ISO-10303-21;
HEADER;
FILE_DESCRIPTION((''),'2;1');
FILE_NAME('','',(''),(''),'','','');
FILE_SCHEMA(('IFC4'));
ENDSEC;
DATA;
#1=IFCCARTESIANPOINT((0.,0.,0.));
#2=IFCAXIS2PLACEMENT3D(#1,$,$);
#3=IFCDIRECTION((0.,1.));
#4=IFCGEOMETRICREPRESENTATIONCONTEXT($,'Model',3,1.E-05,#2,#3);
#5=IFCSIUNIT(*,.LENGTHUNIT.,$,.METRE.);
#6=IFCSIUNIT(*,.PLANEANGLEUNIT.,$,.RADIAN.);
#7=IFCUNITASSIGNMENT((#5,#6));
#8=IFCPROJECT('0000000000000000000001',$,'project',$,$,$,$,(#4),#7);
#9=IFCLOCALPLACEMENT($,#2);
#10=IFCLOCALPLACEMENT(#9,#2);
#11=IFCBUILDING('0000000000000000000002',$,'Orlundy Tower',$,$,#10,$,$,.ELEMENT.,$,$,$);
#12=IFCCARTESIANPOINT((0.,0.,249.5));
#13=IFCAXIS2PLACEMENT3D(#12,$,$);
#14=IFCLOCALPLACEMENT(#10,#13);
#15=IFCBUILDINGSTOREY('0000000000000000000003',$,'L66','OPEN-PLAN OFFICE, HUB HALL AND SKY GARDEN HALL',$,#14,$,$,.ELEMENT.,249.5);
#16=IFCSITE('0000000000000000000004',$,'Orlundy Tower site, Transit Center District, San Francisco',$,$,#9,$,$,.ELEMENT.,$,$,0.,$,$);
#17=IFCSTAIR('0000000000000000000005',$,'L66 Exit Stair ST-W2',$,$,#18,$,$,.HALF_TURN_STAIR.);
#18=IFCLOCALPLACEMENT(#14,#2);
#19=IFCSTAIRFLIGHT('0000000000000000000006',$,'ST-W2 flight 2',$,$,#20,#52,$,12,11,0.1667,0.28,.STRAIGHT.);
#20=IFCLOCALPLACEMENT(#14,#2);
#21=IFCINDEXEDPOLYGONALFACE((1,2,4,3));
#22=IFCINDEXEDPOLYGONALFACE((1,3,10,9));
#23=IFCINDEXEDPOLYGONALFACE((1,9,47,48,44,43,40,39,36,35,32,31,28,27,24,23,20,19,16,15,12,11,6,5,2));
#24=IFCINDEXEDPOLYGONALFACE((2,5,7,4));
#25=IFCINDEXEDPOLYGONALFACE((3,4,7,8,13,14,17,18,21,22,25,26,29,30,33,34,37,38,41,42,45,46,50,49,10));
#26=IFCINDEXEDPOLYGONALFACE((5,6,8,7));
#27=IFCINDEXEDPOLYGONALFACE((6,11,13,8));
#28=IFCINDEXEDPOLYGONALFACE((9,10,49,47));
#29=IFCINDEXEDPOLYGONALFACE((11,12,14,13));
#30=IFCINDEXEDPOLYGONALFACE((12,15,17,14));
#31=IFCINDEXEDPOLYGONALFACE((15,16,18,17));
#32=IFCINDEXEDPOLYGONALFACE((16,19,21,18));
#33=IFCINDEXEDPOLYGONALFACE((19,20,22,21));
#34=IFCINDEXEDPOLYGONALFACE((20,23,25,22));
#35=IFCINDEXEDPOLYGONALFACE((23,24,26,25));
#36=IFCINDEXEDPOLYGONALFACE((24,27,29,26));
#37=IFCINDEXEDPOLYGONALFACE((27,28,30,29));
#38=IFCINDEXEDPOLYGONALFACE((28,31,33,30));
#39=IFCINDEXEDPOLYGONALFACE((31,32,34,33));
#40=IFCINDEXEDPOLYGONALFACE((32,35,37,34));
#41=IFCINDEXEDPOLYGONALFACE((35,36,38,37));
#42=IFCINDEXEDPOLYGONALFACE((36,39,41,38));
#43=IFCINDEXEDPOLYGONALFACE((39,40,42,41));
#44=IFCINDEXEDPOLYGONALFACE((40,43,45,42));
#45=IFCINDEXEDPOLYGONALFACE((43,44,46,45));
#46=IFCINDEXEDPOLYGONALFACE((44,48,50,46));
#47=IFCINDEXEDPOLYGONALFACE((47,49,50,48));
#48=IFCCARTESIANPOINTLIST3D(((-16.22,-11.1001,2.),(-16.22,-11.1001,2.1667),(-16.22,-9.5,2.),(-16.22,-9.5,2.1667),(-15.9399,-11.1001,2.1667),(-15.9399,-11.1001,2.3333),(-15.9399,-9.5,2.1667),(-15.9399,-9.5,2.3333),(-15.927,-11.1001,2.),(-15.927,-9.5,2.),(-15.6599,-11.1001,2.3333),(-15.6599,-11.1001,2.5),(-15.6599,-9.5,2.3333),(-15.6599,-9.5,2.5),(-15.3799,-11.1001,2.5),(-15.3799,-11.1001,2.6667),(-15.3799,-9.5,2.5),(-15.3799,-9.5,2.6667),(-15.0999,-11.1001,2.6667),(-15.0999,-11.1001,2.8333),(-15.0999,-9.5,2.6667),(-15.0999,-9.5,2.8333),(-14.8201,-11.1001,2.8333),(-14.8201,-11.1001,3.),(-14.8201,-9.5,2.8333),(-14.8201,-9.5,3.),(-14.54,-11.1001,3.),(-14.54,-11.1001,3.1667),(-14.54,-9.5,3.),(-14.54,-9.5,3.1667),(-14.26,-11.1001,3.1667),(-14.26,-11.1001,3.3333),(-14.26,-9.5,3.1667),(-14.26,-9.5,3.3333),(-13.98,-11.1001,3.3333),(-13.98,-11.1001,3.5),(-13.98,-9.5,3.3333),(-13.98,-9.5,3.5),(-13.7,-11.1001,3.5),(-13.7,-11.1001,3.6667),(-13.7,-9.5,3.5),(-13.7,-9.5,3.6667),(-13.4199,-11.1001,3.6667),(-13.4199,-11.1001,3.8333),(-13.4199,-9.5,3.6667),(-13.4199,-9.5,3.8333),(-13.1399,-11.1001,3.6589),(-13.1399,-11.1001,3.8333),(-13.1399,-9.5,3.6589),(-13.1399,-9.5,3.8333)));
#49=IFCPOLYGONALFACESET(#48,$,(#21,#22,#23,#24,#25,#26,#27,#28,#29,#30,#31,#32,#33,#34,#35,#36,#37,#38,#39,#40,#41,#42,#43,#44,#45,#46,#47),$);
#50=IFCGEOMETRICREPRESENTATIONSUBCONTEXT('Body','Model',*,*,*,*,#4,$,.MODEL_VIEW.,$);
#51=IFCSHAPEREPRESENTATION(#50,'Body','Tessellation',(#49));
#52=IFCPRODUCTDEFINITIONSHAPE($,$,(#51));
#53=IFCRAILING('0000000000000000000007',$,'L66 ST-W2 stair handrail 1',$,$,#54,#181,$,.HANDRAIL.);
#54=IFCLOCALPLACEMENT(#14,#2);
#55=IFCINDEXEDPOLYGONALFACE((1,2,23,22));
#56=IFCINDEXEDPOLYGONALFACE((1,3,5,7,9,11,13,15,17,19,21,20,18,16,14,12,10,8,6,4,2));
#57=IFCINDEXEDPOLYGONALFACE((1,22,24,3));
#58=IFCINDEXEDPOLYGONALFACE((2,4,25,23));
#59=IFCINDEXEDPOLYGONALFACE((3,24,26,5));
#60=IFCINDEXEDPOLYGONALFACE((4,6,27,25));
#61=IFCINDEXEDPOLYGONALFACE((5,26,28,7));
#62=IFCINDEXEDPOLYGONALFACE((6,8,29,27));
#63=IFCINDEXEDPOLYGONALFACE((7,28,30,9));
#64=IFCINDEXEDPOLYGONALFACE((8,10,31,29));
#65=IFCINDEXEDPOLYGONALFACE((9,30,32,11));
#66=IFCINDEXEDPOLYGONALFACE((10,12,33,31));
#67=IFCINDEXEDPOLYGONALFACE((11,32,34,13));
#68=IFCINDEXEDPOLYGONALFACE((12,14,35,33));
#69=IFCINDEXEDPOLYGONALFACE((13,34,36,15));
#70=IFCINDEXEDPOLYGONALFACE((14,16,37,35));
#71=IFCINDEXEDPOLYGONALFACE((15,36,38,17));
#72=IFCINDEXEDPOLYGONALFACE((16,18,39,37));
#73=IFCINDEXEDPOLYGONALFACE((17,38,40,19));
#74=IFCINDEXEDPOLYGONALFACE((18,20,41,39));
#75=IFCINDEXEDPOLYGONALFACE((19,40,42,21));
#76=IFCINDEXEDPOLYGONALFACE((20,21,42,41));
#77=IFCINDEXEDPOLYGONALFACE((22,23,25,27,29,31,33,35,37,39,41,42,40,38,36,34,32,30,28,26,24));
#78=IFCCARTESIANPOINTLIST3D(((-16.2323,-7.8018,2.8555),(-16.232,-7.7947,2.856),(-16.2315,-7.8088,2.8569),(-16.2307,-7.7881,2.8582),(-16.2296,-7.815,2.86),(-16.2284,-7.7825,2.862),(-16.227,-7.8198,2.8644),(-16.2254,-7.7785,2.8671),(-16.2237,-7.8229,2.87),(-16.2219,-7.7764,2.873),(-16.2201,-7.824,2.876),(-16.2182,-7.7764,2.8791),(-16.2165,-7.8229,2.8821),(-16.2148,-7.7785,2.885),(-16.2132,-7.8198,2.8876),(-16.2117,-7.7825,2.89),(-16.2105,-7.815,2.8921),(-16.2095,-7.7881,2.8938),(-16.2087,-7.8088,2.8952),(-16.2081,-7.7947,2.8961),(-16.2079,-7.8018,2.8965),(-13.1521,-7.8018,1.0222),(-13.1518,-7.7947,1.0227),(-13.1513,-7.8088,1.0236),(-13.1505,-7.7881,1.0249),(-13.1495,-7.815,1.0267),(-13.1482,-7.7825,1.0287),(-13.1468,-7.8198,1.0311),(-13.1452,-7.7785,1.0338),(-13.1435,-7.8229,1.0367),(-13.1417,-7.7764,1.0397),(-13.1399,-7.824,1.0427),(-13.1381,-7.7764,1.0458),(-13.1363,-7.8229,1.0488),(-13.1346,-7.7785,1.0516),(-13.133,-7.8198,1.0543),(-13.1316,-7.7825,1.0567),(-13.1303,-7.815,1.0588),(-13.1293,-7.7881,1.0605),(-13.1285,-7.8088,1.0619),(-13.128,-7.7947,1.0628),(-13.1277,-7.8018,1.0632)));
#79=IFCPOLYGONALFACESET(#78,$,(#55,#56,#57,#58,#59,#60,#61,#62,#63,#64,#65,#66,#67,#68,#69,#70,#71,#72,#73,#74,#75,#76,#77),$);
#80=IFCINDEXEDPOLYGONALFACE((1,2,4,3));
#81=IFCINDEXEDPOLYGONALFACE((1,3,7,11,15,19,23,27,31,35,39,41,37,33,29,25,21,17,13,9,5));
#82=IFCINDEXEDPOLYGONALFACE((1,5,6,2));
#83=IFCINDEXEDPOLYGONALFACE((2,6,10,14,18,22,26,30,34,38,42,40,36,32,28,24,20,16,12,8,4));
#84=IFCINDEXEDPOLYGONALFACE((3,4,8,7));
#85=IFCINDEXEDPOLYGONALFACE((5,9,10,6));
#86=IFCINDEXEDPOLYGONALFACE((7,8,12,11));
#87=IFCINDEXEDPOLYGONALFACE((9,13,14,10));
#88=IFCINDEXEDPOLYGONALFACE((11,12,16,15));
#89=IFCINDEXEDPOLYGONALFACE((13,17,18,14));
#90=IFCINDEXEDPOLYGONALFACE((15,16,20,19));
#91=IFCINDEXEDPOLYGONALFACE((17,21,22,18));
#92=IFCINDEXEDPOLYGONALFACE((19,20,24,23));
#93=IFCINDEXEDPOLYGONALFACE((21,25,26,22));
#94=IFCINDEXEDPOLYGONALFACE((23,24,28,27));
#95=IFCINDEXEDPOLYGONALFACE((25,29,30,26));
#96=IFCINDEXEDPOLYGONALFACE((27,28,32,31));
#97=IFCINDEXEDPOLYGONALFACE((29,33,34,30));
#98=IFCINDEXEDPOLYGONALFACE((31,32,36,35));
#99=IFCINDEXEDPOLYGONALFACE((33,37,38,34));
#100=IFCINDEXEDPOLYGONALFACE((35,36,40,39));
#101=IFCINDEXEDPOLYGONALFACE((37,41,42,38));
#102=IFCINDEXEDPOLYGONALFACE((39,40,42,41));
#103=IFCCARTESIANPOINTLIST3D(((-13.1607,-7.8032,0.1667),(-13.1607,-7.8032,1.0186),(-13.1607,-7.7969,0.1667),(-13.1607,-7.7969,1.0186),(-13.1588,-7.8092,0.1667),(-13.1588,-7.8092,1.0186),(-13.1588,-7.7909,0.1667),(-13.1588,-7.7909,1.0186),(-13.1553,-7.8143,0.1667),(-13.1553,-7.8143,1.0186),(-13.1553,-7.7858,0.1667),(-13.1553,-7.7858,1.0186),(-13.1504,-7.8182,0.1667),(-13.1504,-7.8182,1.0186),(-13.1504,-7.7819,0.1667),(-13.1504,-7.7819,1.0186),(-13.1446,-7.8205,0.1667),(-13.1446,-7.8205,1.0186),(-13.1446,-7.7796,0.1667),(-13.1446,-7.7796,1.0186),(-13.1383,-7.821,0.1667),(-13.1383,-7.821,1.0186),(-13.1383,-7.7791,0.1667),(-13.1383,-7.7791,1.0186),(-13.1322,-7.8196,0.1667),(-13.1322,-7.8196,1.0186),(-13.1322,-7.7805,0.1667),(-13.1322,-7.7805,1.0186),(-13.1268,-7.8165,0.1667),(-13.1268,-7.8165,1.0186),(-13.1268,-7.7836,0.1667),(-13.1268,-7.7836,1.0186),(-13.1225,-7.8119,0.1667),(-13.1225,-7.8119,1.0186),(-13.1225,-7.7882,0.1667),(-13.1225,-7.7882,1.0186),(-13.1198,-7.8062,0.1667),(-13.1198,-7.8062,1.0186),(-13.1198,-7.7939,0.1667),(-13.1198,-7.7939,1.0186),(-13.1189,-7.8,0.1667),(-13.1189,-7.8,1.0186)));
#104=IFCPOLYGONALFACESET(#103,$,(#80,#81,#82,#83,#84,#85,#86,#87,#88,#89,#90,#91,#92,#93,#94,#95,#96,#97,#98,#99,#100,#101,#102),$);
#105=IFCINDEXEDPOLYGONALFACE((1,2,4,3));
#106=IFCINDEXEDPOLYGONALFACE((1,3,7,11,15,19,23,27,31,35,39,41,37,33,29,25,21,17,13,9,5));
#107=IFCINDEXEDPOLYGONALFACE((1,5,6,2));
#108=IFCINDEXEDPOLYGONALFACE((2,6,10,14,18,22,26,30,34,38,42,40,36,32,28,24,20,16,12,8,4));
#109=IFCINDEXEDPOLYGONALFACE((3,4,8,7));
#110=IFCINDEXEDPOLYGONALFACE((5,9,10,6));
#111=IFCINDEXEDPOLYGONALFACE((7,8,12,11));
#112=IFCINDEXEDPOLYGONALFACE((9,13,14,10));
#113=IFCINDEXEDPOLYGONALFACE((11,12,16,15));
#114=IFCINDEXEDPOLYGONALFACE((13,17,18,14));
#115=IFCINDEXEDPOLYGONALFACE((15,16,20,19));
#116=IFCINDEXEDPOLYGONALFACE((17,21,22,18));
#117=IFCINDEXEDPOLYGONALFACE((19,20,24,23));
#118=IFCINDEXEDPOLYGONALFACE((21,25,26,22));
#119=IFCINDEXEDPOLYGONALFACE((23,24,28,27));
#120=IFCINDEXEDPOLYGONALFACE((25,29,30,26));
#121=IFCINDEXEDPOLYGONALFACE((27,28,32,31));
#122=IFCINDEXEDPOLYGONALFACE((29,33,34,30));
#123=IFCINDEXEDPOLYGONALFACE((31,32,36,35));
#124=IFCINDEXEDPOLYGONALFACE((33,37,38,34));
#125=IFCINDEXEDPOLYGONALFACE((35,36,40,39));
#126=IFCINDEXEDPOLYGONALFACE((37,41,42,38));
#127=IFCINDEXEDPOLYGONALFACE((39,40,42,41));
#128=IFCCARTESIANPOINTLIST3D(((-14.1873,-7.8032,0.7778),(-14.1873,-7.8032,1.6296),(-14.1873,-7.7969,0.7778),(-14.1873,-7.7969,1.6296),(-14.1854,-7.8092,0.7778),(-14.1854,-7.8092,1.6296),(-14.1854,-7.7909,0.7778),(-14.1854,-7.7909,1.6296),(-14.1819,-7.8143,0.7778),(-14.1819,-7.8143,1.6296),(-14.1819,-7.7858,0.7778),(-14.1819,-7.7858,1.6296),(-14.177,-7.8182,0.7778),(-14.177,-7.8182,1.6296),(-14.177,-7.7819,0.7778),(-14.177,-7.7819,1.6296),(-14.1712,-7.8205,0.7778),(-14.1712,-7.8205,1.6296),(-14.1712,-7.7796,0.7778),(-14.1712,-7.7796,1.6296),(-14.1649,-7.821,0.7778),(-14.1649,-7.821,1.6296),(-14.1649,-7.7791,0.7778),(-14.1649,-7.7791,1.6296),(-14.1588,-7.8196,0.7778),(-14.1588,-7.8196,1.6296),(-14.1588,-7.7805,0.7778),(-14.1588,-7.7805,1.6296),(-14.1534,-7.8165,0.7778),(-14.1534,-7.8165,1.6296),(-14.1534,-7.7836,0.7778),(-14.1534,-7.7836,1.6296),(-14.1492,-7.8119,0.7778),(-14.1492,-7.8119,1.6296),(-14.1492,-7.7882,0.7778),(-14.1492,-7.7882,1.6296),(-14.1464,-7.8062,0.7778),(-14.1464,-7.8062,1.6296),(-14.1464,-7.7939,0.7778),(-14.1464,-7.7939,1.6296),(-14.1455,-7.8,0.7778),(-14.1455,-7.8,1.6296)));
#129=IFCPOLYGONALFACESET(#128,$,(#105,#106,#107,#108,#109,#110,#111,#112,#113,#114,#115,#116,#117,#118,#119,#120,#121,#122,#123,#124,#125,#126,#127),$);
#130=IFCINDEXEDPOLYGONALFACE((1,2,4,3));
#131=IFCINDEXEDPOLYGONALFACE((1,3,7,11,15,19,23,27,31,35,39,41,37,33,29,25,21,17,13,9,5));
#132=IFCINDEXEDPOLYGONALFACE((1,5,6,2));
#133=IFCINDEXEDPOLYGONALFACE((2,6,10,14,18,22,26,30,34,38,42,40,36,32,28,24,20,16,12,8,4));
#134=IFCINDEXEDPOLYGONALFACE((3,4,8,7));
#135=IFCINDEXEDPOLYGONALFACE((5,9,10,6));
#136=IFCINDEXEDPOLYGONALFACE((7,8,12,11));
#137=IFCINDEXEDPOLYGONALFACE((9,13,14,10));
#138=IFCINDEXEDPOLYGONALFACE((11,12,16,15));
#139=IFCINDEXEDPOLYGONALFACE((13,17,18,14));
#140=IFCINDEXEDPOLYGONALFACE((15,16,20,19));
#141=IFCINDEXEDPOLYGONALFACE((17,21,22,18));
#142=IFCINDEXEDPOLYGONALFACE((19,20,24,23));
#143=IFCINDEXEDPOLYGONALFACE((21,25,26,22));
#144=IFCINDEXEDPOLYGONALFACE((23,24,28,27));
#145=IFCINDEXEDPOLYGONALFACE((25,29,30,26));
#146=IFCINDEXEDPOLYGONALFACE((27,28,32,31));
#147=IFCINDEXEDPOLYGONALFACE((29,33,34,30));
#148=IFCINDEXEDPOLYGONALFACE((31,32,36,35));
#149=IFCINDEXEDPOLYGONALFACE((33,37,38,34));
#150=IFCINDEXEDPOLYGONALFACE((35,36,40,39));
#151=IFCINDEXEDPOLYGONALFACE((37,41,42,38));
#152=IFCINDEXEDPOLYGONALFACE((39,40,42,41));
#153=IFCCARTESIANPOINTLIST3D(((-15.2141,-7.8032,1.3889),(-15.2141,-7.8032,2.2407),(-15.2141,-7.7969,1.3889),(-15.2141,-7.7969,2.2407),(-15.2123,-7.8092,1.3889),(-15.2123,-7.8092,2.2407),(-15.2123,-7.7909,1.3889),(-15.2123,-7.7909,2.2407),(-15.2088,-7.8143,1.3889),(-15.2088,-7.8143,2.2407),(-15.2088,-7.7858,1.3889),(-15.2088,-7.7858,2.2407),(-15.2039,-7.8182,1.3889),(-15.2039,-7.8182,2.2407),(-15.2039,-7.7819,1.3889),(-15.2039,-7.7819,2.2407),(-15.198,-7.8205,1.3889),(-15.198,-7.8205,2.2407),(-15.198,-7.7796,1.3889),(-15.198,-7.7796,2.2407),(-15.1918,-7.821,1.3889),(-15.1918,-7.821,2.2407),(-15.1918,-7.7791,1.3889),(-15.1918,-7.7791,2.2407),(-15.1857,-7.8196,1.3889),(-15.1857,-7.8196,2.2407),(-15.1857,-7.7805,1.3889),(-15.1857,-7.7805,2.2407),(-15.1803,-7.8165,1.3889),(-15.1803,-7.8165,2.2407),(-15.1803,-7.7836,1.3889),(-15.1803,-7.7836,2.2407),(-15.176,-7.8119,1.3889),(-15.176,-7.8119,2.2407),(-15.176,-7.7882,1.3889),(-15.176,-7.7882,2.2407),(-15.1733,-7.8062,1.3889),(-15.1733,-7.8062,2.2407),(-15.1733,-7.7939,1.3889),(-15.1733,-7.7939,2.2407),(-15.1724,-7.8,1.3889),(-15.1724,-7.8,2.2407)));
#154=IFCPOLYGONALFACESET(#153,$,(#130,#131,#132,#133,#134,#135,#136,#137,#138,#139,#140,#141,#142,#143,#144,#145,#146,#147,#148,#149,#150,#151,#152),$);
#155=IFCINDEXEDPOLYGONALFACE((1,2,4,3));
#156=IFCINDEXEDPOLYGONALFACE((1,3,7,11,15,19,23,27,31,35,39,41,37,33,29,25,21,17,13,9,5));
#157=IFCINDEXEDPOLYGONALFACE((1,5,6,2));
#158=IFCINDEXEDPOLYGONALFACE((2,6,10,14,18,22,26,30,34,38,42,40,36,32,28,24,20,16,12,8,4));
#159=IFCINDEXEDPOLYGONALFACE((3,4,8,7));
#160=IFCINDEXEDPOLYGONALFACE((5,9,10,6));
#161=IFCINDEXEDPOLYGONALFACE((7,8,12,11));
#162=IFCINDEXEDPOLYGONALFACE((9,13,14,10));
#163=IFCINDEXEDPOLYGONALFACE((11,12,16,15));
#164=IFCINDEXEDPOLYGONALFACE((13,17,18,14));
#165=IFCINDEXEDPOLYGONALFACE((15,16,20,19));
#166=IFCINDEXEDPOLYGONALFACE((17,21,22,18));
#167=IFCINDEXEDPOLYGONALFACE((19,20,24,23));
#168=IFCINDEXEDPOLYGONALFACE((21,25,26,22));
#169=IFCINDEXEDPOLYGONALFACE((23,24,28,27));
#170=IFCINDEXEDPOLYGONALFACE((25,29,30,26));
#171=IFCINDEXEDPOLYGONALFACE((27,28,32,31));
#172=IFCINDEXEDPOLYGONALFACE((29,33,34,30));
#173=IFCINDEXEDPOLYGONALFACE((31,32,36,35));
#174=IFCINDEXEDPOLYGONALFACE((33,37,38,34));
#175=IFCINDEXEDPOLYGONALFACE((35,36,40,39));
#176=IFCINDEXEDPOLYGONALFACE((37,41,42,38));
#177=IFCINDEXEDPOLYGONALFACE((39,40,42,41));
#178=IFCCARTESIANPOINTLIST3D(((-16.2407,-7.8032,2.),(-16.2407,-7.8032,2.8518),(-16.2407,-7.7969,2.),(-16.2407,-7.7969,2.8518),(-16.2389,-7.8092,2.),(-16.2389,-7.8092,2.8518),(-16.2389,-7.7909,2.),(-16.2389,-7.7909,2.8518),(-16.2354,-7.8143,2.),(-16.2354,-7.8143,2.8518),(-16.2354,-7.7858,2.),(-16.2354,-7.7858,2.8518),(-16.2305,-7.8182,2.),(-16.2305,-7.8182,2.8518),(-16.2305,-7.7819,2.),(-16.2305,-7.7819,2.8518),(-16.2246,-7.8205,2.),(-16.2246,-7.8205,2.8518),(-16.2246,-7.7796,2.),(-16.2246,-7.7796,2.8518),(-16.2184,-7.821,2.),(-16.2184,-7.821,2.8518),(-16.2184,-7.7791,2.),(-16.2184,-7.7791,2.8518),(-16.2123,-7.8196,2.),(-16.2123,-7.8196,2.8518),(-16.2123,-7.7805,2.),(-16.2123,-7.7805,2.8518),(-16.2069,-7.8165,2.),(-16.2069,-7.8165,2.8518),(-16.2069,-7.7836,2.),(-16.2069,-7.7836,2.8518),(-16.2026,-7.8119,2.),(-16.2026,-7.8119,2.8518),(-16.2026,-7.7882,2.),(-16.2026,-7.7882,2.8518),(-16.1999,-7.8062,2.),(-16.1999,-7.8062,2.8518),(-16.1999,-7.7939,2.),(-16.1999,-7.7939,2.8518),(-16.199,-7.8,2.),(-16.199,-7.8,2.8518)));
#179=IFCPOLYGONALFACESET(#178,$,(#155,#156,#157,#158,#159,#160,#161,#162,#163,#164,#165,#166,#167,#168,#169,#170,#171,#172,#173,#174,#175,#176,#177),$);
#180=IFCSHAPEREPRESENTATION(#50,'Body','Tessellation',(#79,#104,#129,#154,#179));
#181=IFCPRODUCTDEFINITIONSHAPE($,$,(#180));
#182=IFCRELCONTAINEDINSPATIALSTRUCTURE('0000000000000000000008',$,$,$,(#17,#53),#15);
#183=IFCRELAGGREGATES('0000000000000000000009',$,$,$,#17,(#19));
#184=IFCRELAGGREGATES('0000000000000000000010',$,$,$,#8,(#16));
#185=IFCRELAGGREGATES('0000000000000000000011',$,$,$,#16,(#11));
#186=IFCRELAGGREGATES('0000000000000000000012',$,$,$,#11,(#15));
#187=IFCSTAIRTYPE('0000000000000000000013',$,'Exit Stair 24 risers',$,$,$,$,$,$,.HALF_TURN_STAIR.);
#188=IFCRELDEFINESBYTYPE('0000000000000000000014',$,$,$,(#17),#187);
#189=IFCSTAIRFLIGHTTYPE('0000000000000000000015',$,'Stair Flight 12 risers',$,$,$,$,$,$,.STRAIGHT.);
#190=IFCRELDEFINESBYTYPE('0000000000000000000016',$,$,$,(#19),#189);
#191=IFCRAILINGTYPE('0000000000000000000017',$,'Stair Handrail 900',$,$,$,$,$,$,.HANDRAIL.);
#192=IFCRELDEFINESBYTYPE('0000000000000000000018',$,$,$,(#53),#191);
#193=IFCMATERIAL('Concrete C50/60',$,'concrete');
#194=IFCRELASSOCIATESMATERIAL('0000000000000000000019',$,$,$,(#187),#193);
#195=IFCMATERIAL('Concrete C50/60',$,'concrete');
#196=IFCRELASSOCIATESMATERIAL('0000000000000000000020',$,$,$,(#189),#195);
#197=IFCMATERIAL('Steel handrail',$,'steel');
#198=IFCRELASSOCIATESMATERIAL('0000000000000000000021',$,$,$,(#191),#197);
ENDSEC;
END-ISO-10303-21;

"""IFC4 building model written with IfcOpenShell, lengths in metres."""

from ifc_helpers import new_model, si_unit, direction, frame, origin, origin_2d, place, context, subcontext, project, spatial, polyline, circle, outline, extrude, material, type_object, element, aggregate, save


model = new_model("IFC4")

# Units and contexts
model_context = context("Model", 3, precision=1e-05, world=origin(), true_north=direction((0.0, 1.0)))
body_context = subcontext(model_context, "Body", "Model", "MODEL_VIEW")
ifc_project = project(units=[si_unit("LENGTHUNIT", "METRE"), si_unit("PLANEANGLEUNIT", "RADIAN")], contexts=[model_context])

# Site, building, storey
site_placement = place(None, origin())
site = spatial("IfcSite", under=ifc_project, at=site_placement, Name="Orlundy Tower site, Transit Center District, San Francisco", CompositionType="ELEMENT", RefElevation=0.0)
building_placement = place(site_placement, origin())
building = spatial("IfcBuilding", under=site, at=building_placement, Name="Orlundy Tower", CompositionType="ELEMENT")
storey_placement = place(building_placement, frame((0.0, 0.0, 249.5)))
storey = spatial("IfcBuildingStorey", under=building, at=storey_placement, Name="L66", Description="OPEN-PLAN OFFICE, HUB HALL AND SKY GARDEN HALL", CompositionType="ELEMENT", Elevation=249.5)

# Stair, stair flight
ifc_material_1 = material(Name="Concrete C50/60", Category="concrete")
stair_type = type_object("IfcStairType", Name="Exit Stair 24 risers", PredefinedType="HALF_TURN_STAIR", material=ifc_material_1)
stair_placement = place(storey_placement, origin())
stair = element("IfcStair", 1, at=stair_placement, inside=storey, type_object=stair_type, Name="L66 Exit Stair ST-W2", PredefinedType="HALF_TURN_STAIR")
ifc_material_2 = material(Name="Concrete C50/60", Category="concrete")
stair_flight_type = type_object("IfcStairFlightType", Name="Stair Flight 12 risers", PredefinedType="STRAIGHT", material=ifc_material_2)
stair_flight_1_placement = place(storey_placement, frame((-16.22, -10.3, 2.0), z_axis=(0.0, 0.0, 1.0), x_axis=(1.0, 0.0, 0.0)))
stair_flight_1 = element("IfcStairFlight", 2, at=stair_flight_1_placement, type_object=stair_flight_type, Name="ST-W2 flight 2", NumberOfRisers=12, NumberOfTreads=11, PredefinedType="STRAIGHT", RiserHeight=0.1667, TreadLength=0.28, context=body_context, shape_type="SweptSolid", body=[
    extrude(outline(polyline([(0.0, 0.0), (0.0, 0.1667), (0.28, 0.1667), (0.28, 0.3333), (0.5601, 0.3333), (0.5601, 0.5), (0.8401, 0.5), (0.8401, 0.6667), (1.1201, 0.6667), (1.1201, 0.8333), (1.3999, 0.8333), (1.3999, 1.0), (1.6799, 1.0), (1.6799, 1.1667), (1.96, 1.1667), (1.96, 1.3333), (2.24, 1.3333), (2.24, 1.5), (2.52, 1.5), (2.52, 1.6667), (2.8, 1.6667), (2.8, 1.8333), (3.0801, 1.8333), (3.0801, 2.0), (3.0801, 1.6589), (0.293, 0.0), (0.0, 0.0)])), frame((0.0, 0.8, 0.0), z_axis=(0.0, -1.0, 0.0), x_axis=(1.0, 0.0, 0.0)), (0.0, 0.0, 1.0), 1.6001),
])
aggregate(stair, [stair_flight_1])

# Railing
ifc_material_3 = material(Name="Steel handrail", Category="steel")
railing_type_1 = type_object("IfcRailingType", Name="Stair Handrail 900", PredefinedType="HANDRAIL", material=ifc_material_3)
railing_1_placement = place(storey_placement, frame((-13.1399, -7.8, 0.1667)))
element("IfcRailing", 3, at=railing_1_placement, inside=storey, type_object=railing_type_1, Name="L66 ST-W2 stair handrail 1", PredefinedType="HANDRAIL", context=body_context, shape_type="SweptSolid", body=[
    extrude(circle(Radius=0.0239, at=origin_2d()), frame((0.0, 0.0, 0.876), z_axis=(-0.859309, 0.0, 0.511458), x_axis=(0.0, -1.0, 0.0)), (0.0, 0.0, 1.0), 3.5845),
    extrude(circle(Radius=0.021, at=origin_2d()), origin(), (0.0, 0.0, 1.0), 0.8518),
    extrude(circle(Radius=0.021, at=origin_2d()), frame((-1.0266, 0.0, 0.6111)), (0.0, 0.0, 1.0), 0.8518),
    extrude(circle(Radius=0.021, at=origin_2d()), frame((-2.0535, 0.0, 1.2222)), (0.0, 0.0, 1.0), 0.8518),
    extrude(circle(Radius=0.021, at=origin_2d()), frame((-3.0801, 0.0, 1.8333)), (0.0, 0.0, 1.0), 0.8518),
])

save(model, "model.ifc")
